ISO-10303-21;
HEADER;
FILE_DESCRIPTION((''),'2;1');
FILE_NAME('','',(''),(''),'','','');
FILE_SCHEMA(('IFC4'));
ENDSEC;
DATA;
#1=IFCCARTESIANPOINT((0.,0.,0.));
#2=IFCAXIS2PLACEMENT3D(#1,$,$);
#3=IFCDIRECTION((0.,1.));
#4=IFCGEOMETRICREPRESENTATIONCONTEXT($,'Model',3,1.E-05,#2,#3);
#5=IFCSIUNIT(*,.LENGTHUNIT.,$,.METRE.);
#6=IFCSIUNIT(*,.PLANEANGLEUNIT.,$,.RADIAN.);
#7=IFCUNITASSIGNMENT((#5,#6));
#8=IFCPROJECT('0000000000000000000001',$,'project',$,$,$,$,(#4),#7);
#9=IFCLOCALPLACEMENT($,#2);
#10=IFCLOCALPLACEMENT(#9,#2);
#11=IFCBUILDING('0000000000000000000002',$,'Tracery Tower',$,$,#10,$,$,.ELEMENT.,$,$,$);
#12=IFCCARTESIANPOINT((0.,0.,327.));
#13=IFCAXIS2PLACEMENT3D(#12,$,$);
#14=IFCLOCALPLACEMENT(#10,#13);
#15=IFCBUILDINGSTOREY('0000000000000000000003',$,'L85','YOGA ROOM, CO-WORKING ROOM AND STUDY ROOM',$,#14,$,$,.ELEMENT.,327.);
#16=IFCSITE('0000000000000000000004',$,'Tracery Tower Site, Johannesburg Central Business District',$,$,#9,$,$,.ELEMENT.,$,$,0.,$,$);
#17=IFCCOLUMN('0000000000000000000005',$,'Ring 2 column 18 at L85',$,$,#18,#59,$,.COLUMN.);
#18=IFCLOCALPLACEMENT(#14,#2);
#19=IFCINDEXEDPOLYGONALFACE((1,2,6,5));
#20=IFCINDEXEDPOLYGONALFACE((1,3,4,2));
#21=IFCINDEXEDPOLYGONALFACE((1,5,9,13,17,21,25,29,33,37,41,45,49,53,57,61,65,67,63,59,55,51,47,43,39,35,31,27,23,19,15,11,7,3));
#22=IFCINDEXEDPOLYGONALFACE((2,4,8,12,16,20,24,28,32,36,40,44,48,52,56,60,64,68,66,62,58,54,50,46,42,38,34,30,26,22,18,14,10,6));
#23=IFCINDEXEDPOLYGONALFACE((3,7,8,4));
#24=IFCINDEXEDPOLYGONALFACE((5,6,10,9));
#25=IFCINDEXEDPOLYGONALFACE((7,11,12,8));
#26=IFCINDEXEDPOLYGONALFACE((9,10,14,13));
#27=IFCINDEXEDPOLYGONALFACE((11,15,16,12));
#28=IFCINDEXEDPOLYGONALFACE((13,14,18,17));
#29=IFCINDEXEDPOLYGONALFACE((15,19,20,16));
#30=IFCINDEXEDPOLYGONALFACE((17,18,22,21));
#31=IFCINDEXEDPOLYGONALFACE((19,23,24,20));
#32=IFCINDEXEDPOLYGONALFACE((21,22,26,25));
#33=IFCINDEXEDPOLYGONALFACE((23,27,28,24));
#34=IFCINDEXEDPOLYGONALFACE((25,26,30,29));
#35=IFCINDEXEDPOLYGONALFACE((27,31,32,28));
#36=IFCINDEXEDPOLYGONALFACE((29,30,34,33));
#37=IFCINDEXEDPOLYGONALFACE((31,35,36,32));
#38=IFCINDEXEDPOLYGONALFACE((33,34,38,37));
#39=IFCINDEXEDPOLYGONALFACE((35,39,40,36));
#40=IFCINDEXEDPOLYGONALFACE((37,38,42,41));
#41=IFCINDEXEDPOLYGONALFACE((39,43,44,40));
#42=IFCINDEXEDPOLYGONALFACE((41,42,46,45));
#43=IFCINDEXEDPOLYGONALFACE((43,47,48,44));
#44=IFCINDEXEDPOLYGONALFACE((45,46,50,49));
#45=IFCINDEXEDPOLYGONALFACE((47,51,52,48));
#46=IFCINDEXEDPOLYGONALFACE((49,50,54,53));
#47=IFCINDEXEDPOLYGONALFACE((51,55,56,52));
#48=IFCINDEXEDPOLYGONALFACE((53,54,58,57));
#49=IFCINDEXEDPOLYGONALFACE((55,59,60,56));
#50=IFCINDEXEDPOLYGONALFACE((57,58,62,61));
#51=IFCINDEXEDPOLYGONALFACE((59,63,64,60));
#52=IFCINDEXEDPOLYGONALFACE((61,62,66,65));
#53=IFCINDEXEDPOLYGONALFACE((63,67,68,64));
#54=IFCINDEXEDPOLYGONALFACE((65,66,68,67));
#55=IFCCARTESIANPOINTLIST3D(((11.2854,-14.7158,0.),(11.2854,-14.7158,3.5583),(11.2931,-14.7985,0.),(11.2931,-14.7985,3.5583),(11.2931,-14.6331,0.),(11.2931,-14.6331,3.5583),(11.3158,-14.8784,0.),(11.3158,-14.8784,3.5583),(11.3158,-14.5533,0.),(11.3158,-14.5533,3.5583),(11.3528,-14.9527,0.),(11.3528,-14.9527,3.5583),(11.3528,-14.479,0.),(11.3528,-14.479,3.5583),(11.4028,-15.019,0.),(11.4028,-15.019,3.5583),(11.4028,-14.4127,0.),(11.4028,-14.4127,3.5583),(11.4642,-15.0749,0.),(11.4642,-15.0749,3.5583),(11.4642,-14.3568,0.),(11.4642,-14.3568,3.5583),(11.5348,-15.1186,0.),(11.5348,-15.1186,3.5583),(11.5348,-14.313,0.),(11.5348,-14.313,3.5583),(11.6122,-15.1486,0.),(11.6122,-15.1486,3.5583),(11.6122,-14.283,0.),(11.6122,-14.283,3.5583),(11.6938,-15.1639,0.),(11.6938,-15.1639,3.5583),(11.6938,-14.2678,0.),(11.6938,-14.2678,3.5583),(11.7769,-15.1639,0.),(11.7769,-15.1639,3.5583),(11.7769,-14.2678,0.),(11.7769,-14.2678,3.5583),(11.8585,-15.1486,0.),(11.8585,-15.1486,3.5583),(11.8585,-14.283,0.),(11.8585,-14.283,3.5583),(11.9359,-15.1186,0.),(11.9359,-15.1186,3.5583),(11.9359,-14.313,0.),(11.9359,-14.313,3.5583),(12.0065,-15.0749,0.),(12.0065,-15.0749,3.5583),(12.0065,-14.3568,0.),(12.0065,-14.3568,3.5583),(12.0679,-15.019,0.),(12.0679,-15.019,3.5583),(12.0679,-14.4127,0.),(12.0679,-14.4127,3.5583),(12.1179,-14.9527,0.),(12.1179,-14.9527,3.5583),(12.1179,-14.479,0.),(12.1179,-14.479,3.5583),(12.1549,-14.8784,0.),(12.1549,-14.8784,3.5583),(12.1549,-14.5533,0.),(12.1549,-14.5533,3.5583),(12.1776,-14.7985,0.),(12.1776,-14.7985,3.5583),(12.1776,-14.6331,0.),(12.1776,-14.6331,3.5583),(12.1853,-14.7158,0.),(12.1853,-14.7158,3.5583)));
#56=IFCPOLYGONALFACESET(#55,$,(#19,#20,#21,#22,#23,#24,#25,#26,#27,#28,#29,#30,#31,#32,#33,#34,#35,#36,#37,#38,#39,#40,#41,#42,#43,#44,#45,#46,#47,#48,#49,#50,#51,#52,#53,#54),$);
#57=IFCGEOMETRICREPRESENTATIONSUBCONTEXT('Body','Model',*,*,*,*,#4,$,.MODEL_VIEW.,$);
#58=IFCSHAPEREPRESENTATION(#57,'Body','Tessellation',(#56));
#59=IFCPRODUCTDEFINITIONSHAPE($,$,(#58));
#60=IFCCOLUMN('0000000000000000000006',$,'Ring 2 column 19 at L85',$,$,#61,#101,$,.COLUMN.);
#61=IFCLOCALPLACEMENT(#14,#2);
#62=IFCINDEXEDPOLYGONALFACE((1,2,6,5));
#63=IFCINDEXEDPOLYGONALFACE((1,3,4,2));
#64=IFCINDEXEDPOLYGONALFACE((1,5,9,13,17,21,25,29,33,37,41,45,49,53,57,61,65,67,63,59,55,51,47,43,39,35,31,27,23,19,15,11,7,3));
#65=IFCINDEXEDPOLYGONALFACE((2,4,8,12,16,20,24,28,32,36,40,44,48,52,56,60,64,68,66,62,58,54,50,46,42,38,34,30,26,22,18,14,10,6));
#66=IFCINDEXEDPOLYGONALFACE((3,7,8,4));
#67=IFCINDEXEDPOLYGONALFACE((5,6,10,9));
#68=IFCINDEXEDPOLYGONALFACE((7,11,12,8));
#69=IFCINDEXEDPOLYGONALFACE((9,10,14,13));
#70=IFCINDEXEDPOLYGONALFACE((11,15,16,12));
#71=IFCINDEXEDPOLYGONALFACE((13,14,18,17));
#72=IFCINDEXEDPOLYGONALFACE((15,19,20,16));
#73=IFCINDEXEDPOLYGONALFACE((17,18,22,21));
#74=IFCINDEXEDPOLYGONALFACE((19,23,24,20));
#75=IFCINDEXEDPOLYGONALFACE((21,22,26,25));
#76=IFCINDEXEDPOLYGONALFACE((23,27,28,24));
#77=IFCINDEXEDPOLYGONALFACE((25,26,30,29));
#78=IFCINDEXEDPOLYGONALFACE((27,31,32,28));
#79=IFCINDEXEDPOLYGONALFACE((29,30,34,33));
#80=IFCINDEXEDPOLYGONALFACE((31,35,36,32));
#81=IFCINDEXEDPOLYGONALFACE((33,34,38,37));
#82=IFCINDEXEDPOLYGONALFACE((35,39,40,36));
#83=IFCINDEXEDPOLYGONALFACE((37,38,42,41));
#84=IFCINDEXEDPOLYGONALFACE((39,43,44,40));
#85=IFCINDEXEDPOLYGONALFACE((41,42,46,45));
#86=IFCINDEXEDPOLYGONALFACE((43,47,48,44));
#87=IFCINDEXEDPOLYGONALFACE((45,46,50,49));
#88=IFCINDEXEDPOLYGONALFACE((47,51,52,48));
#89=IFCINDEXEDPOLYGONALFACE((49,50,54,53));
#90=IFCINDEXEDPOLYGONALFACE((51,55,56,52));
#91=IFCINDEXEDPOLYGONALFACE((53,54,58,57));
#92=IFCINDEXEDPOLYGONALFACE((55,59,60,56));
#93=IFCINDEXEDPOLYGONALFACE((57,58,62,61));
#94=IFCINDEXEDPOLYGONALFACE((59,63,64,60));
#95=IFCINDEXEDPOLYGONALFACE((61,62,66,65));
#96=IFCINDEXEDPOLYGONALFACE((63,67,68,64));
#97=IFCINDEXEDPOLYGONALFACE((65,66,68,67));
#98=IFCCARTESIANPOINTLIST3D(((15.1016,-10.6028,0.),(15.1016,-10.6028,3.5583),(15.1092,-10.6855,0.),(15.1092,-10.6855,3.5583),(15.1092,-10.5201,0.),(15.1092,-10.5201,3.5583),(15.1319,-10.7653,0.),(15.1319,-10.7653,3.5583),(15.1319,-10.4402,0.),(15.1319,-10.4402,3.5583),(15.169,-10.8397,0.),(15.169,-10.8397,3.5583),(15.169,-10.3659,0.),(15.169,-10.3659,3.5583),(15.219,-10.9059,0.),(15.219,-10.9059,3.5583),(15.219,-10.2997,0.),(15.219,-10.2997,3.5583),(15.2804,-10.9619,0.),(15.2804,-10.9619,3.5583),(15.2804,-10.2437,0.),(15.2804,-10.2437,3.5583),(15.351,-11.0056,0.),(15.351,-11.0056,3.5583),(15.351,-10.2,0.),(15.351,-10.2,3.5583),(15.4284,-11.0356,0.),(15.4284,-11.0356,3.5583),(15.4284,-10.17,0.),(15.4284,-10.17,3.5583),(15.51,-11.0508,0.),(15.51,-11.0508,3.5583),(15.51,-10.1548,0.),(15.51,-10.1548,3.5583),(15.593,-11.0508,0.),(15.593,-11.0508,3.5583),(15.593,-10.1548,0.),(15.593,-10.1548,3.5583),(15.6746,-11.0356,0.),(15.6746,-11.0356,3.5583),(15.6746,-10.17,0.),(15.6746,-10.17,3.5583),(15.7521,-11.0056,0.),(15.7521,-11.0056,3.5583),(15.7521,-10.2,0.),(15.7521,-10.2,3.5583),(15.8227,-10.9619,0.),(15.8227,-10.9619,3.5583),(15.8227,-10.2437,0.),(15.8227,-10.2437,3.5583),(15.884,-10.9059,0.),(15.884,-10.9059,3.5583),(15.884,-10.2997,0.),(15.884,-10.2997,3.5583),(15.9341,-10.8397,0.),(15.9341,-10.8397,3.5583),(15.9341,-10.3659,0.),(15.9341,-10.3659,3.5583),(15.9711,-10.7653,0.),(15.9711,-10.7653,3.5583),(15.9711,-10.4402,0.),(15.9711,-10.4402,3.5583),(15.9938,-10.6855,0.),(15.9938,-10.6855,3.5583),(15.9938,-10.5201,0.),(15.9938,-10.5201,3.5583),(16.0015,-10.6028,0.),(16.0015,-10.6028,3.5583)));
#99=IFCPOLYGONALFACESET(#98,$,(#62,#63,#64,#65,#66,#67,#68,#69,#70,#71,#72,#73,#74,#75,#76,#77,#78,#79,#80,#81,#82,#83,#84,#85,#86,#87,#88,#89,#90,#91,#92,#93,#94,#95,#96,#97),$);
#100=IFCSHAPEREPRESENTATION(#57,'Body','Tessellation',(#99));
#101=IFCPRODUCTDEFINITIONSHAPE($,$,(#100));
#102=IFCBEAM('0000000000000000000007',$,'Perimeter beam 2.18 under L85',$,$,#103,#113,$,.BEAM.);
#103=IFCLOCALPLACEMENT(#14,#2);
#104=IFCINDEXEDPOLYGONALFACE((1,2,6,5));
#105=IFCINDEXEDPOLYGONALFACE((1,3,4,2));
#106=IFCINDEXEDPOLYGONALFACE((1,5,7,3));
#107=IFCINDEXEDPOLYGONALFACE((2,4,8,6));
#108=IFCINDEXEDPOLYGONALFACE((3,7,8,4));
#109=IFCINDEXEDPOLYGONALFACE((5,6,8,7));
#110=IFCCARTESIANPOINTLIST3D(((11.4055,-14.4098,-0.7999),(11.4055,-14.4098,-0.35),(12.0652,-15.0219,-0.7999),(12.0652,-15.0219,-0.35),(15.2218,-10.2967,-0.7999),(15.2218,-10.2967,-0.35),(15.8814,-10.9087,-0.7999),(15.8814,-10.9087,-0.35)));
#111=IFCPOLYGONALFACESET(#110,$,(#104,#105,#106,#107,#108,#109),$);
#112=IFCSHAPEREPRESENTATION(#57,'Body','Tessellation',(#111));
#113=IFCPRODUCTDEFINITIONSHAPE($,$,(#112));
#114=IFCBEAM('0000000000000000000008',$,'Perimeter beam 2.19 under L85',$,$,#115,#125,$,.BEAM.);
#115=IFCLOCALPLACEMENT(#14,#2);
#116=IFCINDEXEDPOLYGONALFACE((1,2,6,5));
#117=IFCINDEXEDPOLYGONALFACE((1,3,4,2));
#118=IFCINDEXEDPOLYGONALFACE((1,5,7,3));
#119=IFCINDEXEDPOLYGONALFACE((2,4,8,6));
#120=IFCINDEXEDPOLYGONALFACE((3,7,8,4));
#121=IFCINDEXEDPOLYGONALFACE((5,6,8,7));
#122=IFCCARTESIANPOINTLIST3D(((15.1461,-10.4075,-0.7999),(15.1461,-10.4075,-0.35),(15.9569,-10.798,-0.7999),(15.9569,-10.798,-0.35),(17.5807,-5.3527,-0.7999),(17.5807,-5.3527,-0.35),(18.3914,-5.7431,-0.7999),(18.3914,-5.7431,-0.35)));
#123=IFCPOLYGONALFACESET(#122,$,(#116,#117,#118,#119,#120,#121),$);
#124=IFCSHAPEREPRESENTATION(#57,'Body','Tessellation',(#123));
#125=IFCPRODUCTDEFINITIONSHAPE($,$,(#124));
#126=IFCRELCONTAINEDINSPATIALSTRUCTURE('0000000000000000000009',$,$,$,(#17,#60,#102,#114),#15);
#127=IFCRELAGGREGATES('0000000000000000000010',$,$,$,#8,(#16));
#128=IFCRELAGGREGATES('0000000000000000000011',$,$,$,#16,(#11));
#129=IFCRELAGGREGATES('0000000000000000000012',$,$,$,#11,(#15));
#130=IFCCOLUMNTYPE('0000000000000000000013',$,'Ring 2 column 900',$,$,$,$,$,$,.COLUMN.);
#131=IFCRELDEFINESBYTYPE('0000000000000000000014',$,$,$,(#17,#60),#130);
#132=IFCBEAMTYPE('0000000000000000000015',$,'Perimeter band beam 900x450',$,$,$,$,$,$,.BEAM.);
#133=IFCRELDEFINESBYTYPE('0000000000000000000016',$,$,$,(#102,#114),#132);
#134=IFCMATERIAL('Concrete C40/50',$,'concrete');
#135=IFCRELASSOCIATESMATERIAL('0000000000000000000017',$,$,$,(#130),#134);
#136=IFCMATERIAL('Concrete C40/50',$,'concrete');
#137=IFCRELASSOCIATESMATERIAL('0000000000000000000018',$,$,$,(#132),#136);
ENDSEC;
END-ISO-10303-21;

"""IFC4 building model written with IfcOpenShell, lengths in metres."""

from ifc_helpers import new_model, si_unit, direction, frame, origin, origin_2d, place, context, subcontext, project, spatial, rectangle, circle, extrude, material, material_profile, profile_set, type_object, element, save


model = new_model("IFC4")

# Units and contexts
model_context = context("Model", 3, precision=1e-05, world=origin(), true_north=direction((0.0, 1.0)))
body_context = subcontext(model_context, "Body", "Model", "MODEL_VIEW")
ifc_project = project(units=[si_unit("LENGTHUNIT", "METRE"), si_unit("PLANEANGLEUNIT", "RADIAN")], contexts=[model_context])

# Site, building, storey
site_placement = place(None, origin())
site = spatial("IfcSite", under=ifc_project, at=site_placement, Name="Tracery Tower Site, Johannesburg Central Business District", CompositionType="ELEMENT", RefElevation=0.0)
building_placement = place(site_placement, origin())
building = spatial("IfcBuilding", under=site, at=building_placement, Name="Tracery Tower", CompositionType="ELEMENT")
storey_placement = place(building_placement, frame((0.0, 0.0, 327.0)))
storey = spatial("IfcBuildingStorey", under=building, at=storey_placement, Name="L85", Description="YOGA ROOM, CO-WORKING ROOM AND STUDY ROOM", CompositionType="ELEMENT", Elevation=327.0)

# Columns
ifc_material_1 = material(Name="Concrete C40/50", Category="concrete")
ifc_material_profile_1 = material_profile(ifc_material_1, circle(Radius=0.45, at=origin_2d()), Name="RC D900")
ifc_profile_set_1 = profile_set([ifc_material_profile_1], Name="Concrete C40/50")
column_type = type_object("IfcColumnType", Name="Ring 2 column 900", PredefinedType="COLUMN", material=ifc_profile_set_1)
for number, where, z_axis, x_axis, name in (
    (1, (11.7354, -14.7158, 0.0), (0.0, 0.0, 1.0), (1.0, 0.0, 0.0), "Ring 2 column 18 at L85"),
    (2, (15.5515, -10.6028, 0.0), (0.0, 0.0, 1.0), (1.0, 0.0, 0.0), "Ring 2 column 19 at L85"),
):
    element("IfcColumn", number, at=place(storey_placement, frame(where, z_axis=z_axis, x_axis=x_axis)), inside=storey, type_object=column_type, Name=name, PredefinedType="COLUMN", context=body_context, shape_type="SweptSolid", body=[
        extrude(circle(Radius=0.45, at=origin_2d()), origin(), (0.0, 0.0, 1.0), 3.5583),
    ])

# Beams
ifc_material_2 = material(Name="Concrete C40/50", Category="concrete")
ifc_material_profile_2 = material_profile(ifc_material_2, rectangle(XDim=0.8999, YDim=0.45, at=origin_2d()), Name="RC 900x450")
ifc_profile_set_2 = profile_set([ifc_material_profile_2], Name="Concrete C40/50")
beam_type = type_object("IfcBeamType", Name="Perimeter band beam 900x450", PredefinedType="BEAM", material=ifc_profile_set_2)
beam_1_placement = place(storey_placement, frame((11.7354, -14.7158, -0.575), z_axis=(0.680156, 0.733068, 0.0), x_axis=(-0.733068, 0.680156, 0.0)))
element("IfcBeam", 3, at=beam_1_placement, inside=storey, type_object=beam_type, Name="Perimeter beam 2.18 under L85", PredefinedType="BEAM", context=body_context, shape_type="SweptSolid", body=[
    extrude(rectangle(XDim=0.8999, YDim=0.45, at=origin_2d()), origin(), (0.0, 0.0, 1.0), 5.6108),
])
beam_2_placement = place(storey_placement, frame((15.5515, -10.6028, -0.575), z_axis=(0.433919, 0.900952, 0.0), x_axis=(-0.900952, 0.433919, 0.0)))
element("IfcBeam", 4, at=beam_2_placement, inside=storey, type_object=beam_type, Name="Perimeter beam 2.19 under L85", PredefinedType="BEAM", context=body_context, shape_type="SweptSolid", body=[
    extrude(rectangle(XDim=0.8999, YDim=0.45, at=origin_2d()), origin(), (0.0, 0.0, 1.0), 5.6106),
])

save(model, "model.ifc")
